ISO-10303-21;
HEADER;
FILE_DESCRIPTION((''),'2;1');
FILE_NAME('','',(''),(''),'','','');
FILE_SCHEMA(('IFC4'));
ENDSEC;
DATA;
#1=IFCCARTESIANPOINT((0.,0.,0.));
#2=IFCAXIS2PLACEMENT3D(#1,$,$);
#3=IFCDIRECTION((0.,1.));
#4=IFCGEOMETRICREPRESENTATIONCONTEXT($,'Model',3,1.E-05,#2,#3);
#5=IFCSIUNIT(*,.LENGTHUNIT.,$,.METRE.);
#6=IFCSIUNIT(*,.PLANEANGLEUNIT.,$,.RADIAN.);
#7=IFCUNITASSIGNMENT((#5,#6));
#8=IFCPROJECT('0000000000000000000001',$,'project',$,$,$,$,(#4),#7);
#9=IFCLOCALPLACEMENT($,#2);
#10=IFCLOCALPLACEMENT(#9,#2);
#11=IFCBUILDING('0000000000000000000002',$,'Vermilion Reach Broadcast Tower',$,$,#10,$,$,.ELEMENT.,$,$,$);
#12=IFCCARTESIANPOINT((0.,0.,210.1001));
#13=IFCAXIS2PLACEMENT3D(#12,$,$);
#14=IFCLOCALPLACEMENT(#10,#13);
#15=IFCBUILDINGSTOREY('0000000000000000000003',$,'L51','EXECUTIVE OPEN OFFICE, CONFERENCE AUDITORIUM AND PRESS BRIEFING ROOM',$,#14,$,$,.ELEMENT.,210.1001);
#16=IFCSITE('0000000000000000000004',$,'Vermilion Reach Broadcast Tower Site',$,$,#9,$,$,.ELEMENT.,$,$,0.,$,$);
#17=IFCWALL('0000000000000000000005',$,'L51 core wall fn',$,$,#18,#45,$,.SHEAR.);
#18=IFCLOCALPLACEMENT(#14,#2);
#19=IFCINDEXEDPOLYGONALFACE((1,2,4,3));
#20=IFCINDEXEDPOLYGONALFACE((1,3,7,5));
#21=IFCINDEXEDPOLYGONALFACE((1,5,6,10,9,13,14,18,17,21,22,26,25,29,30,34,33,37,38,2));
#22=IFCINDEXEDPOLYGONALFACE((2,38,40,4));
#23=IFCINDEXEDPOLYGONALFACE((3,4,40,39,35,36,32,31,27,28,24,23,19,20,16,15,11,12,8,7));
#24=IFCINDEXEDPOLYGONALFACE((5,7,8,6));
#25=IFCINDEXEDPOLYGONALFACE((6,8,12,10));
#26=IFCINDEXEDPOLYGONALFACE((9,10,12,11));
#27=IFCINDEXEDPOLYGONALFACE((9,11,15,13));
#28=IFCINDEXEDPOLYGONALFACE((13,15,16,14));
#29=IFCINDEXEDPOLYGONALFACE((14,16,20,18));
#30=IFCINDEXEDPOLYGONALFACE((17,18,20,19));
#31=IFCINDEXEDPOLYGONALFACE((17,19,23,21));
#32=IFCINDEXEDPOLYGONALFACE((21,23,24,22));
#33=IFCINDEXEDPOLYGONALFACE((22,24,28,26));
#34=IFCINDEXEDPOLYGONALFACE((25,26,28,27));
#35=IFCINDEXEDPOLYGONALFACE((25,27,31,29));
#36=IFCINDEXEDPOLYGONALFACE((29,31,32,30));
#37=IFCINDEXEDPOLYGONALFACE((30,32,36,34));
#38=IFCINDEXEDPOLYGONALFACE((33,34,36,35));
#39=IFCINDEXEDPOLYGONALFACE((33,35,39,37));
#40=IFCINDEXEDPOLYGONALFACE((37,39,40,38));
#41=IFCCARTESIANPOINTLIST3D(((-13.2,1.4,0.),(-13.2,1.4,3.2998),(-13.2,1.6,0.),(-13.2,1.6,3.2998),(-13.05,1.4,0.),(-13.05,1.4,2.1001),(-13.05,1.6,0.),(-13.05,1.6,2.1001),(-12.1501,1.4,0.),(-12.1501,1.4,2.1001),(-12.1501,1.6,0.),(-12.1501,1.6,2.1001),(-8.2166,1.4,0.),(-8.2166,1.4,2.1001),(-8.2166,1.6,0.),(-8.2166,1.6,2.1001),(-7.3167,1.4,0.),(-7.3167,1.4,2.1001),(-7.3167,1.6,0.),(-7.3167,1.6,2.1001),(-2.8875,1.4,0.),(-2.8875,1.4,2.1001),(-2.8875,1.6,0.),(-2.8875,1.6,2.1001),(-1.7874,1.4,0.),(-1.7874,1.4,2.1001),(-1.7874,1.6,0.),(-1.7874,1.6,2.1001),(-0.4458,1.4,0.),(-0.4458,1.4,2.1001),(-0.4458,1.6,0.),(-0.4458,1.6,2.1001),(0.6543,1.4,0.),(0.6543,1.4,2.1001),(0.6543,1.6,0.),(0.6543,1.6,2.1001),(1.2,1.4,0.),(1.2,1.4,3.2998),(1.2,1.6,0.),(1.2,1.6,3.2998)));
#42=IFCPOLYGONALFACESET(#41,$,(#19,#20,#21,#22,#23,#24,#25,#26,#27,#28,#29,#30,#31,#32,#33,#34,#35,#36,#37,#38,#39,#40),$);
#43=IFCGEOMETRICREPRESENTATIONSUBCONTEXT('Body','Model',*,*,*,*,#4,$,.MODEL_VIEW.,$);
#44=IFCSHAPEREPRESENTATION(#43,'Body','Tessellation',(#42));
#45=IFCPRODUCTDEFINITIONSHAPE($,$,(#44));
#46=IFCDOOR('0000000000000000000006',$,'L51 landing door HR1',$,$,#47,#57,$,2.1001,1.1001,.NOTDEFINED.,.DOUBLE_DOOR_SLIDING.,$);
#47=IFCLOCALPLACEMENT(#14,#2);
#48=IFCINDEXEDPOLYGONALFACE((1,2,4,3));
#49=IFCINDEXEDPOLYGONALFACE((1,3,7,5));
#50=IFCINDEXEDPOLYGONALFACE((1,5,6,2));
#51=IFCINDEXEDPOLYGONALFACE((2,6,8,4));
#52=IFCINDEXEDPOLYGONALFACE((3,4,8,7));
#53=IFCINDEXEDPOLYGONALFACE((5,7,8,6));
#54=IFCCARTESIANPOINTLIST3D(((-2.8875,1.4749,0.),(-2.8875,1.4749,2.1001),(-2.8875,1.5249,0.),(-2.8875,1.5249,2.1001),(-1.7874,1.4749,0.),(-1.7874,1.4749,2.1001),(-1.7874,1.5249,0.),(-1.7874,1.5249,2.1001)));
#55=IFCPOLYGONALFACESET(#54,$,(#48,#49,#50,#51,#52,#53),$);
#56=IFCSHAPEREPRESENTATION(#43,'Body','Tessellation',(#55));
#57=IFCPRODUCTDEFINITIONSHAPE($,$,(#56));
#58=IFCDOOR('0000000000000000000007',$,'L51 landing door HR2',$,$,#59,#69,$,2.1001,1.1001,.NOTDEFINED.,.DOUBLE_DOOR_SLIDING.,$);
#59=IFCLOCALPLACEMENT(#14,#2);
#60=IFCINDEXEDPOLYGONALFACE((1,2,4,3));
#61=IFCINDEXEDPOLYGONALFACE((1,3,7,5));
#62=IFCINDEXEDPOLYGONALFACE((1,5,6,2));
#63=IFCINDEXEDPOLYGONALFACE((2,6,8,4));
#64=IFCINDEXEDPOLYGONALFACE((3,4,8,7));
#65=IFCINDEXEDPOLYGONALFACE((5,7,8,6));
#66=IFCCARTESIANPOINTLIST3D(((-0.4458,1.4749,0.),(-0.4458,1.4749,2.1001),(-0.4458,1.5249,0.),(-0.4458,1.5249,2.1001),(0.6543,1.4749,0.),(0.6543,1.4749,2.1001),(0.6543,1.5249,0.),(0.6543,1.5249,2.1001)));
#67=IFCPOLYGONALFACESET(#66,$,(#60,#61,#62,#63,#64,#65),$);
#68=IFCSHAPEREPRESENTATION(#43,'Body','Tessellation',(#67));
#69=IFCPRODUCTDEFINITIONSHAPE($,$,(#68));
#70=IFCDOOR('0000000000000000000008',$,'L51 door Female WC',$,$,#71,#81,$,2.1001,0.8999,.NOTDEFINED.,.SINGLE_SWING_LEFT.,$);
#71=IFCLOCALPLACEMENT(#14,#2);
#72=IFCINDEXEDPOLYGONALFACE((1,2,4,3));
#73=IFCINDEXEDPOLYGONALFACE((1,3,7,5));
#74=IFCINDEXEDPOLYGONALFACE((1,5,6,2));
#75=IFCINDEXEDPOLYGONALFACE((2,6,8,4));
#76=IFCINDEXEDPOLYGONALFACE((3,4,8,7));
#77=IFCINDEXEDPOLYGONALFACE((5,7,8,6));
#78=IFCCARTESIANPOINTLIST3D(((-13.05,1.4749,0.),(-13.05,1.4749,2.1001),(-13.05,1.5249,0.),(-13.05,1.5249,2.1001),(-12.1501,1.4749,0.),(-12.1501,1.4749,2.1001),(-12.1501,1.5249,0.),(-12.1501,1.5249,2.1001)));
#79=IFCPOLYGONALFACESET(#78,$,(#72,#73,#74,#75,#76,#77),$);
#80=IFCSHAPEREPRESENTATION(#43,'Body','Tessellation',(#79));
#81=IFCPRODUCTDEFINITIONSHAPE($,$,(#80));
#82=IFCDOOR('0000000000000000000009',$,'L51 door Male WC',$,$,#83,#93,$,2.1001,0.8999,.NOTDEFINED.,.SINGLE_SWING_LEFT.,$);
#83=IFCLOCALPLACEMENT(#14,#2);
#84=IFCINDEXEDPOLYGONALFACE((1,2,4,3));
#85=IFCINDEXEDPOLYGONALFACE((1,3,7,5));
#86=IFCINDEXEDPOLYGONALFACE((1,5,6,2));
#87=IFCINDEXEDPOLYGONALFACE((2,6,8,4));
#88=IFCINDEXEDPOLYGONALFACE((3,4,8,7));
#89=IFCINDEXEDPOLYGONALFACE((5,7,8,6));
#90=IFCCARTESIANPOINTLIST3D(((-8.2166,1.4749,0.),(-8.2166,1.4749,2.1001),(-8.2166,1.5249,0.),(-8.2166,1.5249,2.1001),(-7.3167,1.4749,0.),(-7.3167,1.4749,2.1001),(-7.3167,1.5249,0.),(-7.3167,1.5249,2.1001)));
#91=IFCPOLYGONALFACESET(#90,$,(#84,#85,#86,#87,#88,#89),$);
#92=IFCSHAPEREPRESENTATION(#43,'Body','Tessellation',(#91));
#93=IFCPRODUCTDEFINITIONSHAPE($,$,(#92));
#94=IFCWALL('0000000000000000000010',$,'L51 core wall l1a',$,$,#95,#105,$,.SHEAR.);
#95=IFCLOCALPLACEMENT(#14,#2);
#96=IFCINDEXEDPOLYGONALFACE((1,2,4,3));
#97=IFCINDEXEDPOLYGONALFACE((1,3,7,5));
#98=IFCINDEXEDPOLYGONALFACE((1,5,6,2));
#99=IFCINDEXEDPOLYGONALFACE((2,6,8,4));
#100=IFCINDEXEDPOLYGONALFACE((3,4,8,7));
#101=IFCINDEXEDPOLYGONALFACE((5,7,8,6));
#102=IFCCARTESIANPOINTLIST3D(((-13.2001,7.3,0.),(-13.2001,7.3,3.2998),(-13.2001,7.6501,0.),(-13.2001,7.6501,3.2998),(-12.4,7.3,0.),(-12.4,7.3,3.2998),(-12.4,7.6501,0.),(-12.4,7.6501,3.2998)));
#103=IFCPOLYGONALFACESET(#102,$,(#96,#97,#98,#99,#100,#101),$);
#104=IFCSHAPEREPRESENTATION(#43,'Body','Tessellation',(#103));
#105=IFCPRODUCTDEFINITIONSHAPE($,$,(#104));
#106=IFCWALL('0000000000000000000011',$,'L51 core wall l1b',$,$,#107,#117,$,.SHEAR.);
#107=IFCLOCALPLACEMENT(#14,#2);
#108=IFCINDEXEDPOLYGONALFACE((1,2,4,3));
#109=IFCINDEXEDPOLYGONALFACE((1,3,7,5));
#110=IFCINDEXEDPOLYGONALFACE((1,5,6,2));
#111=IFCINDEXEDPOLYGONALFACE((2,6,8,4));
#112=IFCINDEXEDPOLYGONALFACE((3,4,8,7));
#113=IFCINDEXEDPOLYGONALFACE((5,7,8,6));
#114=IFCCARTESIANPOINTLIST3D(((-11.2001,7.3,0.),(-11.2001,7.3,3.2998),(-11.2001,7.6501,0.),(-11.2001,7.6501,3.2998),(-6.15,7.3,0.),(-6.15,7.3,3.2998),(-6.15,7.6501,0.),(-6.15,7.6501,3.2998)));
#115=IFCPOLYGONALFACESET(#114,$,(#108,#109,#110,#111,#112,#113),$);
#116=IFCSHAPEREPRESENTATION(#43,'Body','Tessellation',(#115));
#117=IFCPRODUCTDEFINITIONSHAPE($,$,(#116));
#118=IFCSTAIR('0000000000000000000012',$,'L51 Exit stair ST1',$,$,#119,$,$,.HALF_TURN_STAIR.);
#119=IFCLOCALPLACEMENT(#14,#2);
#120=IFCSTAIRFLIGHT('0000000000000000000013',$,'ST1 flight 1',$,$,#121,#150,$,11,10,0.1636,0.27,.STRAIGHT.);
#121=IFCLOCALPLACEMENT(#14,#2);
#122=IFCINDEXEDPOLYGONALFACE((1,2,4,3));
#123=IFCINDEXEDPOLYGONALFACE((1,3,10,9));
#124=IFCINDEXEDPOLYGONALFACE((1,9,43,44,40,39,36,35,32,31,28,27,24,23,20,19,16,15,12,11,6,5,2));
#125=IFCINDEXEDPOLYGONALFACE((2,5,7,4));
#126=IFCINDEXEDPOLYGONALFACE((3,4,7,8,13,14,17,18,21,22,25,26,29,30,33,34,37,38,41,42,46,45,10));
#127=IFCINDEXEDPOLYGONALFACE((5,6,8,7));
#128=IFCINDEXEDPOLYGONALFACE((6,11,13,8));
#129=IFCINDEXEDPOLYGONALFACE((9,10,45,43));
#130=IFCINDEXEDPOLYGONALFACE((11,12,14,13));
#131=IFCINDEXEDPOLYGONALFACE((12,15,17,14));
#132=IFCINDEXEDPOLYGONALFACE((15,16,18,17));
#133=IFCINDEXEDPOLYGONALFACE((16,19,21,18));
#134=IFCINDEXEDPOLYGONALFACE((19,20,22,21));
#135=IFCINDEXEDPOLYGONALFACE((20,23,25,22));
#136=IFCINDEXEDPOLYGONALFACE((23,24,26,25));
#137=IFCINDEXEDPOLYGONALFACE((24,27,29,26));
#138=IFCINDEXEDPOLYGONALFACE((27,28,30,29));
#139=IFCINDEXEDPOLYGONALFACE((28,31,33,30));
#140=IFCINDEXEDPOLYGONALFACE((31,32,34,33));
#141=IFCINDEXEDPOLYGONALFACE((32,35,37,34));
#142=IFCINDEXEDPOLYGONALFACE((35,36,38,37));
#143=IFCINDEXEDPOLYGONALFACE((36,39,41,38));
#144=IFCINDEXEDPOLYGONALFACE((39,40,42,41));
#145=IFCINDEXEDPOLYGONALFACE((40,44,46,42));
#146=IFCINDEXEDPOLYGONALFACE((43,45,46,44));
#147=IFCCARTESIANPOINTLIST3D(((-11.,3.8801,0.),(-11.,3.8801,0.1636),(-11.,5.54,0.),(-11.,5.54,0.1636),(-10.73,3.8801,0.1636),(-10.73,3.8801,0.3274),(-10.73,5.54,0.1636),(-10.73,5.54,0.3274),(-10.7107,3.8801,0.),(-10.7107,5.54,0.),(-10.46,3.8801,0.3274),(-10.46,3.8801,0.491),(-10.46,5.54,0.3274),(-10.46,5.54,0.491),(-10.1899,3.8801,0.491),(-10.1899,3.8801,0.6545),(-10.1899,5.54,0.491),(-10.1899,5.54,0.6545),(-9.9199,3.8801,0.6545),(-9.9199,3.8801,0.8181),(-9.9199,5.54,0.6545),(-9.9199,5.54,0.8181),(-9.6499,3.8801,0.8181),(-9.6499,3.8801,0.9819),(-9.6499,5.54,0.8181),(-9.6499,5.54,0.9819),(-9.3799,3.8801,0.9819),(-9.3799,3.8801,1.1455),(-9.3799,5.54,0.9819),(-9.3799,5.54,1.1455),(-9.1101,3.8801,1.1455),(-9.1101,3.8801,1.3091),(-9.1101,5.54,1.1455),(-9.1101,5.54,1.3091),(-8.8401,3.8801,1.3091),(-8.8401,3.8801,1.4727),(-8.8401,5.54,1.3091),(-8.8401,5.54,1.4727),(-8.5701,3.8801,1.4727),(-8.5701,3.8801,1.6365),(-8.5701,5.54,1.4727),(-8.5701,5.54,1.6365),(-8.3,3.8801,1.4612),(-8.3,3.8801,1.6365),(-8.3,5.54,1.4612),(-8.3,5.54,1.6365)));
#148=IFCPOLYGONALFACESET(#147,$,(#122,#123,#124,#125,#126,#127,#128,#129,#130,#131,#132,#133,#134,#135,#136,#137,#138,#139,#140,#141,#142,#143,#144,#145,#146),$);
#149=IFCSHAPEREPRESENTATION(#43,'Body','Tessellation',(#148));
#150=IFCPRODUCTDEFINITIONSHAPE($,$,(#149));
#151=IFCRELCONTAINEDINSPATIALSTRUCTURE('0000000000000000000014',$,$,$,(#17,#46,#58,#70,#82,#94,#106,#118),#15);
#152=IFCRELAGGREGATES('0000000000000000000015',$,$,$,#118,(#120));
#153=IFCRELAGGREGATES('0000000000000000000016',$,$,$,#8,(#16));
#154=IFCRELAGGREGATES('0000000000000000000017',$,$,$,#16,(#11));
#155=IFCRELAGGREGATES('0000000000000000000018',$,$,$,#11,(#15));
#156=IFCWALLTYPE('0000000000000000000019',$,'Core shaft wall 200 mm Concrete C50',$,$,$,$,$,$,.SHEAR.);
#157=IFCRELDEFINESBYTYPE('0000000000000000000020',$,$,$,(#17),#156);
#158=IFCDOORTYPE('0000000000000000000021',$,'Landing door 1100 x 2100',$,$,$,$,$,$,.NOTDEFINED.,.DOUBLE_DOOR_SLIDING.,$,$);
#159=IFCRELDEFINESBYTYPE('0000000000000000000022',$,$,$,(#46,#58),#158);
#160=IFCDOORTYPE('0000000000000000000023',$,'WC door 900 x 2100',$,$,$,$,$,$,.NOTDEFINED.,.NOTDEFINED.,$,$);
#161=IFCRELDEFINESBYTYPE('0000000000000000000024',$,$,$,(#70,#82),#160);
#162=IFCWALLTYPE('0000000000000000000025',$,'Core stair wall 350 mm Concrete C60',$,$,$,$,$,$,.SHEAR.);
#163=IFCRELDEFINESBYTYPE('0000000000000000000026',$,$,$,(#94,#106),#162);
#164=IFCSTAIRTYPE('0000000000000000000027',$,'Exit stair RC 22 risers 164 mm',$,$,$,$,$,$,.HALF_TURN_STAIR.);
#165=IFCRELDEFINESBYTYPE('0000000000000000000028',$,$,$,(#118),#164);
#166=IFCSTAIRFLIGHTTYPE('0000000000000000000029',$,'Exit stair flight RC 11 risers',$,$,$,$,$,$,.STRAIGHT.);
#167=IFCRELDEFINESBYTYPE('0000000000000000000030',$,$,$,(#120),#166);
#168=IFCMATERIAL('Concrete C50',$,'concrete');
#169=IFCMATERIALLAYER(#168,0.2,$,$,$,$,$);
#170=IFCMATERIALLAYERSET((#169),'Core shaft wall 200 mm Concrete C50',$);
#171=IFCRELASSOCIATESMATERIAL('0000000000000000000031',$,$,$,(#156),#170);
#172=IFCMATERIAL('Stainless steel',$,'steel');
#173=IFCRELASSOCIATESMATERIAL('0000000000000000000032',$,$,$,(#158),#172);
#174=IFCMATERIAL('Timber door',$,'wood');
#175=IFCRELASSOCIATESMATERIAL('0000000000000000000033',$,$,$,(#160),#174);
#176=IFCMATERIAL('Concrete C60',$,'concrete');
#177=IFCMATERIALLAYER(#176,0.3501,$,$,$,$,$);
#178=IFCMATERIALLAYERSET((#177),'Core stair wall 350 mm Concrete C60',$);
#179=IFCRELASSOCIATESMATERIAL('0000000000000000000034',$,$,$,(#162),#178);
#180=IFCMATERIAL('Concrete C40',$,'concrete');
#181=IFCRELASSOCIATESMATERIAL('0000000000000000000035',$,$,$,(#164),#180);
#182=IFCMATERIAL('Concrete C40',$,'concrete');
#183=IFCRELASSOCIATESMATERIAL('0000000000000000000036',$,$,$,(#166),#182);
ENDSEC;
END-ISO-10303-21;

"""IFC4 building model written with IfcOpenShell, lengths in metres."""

from ifc_helpers import new_model, si_unit, direction, frame, frame_2d, origin, place, context, subcontext, project, spatial, polyline, rectangle, outline, extrude, material, layer, layer_set, type_object, element, fill, aggregate, save


model = new_model("IFC4")

# Units and contexts
model_context = context("Model", 3, precision=1e-05, world=origin(), true_north=direction((0.0, 1.0)))
body_context = subcontext(model_context, "Body", "Model", "MODEL_VIEW")
ifc_project = project(units=[si_unit("LENGTHUNIT", "METRE"), si_unit("PLANEANGLEUNIT", "RADIAN")], contexts=[model_context])

# Site, building, storey
site_placement = place(None, origin())
site = spatial("IfcSite", under=ifc_project, at=site_placement, Name="Vermilion Reach Broadcast Tower Site", CompositionType="ELEMENT", RefElevation=0.0)
building_placement = place(site_placement, origin())
building = spatial("IfcBuilding", under=site, at=building_placement, Name="Vermilion Reach Broadcast Tower", CompositionType="ELEMENT")
storey_placement = place(building_placement, frame((0.0, 0.0, 210.1001)))
storey = spatial("IfcBuildingStorey", under=building, at=storey_placement, Name="L51", Description="EXECUTIVE OPEN OFFICE, CONFERENCE AUDITORIUM AND PRESS BRIEFING ROOM", CompositionType="ELEMENT", Elevation=210.1001)

# Wall, openings, doors
ifc_material_1 = material(Name="Concrete C50", Category="concrete")
ifc_layer_1 = layer(ifc_material_1, 0.2)
ifc_layer_set_1 = layer_set([ifc_layer_1], Name="Core shaft wall 200 mm Concrete C50")
wall_type_1 = type_object("IfcWallType", Name="Core shaft wall 200 mm Concrete C50", PredefinedType="SHEAR", material=ifc_layer_set_1)
wall_1_placement = place(storey_placement, frame((-13.2, 1.5, 0.0), z_axis=(0.0, 0.0, 1.0), x_axis=(1.0, 0.0, 0.0)))
wall_1 = element("IfcWall", 1, at=wall_1_placement, inside=storey, type_object=wall_type_1, Name="L51 core wall fn", PredefinedType="SHEAR", context=body_context, shape_type="SweptSolid", body=[
    extrude(rectangle(XDim=14.3999, YDim=0.2, at=frame_2d((7.2, 0.0))), origin(), (0.0, 0.0, 1.0), 3.2998),
])
opening_1_placement = place(wall_1_placement, frame((10.3125, 0.0, 0.0)))
opening_1 = element("IfcOpeningElement", 2, at=opening_1_placement, cuts=wall_1, PredefinedType="OPENING", context=body_context, shape_type="SweptSolid", body=[
    extrude(rectangle(XDim=1.1001, YDim=2.1001, at=frame_2d((0.55, 1.05))), frame((0.0, 0.1099, 0.0), z_axis=(0.0, -1.0, 0.0), x_axis=(1.0, 0.0, 0.0)), (0.0, 0.0, 1.0), 0.22),
])
opening_2_placement = place(wall_1_placement, frame((12.7542, 0.0, 0.0)))
opening_2 = element("IfcOpeningElement", 3, at=opening_2_placement, cuts=wall_1, PredefinedType="OPENING", context=body_context, shape_type="SweptSolid", body=[
    extrude(rectangle(XDim=1.1001, YDim=2.1001, at=frame_2d((0.55, 1.05))), frame((0.0, 0.1099, 0.0), z_axis=(0.0, -1.0, 0.0), x_axis=(1.0, 0.0, 0.0)), (0.0, 0.0, 1.0), 0.22),
])
opening_3_placement = place(wall_1_placement, frame((0.1499, 0.0, 0.0)))
opening_3 = element("IfcOpeningElement", 4, at=opening_3_placement, cuts=wall_1, PredefinedType="OPENING", context=body_context, shape_type="SweptSolid", body=[
    extrude(rectangle(XDim=0.8999, YDim=2.1001, at=frame_2d((0.45, 1.05))), frame((0.0, 0.1099, 0.0), z_axis=(0.0, -1.0, 0.0), x_axis=(1.0, 0.0, 0.0)), (0.0, 0.0, 1.0), 0.22),
])
opening_4_placement = place(wall_1_placement, frame((4.9834, 0.0, 0.0)))
opening_4 = element("IfcOpeningElement", 5, at=opening_4_placement, cuts=wall_1, PredefinedType="OPENING", context=body_context, shape_type="SweptSolid", body=[
    extrude(rectangle(XDim=0.8999, YDim=2.1001, at=frame_2d((0.45, 1.05))), frame((0.0, 0.1099, 0.0), z_axis=(0.0, -1.0, 0.0), x_axis=(1.0, 0.0, 0.0)), (0.0, 0.0, 1.0), 0.22),
])
ifc_material_2 = material(Name="Stainless steel", Category="steel")
door_type_1 = type_object("IfcDoorType", Name="Landing door 1100 x 2100", OperationType="DOUBLE_DOOR_SLIDING", PredefinedType="NOTDEFINED", material=ifc_material_2)
door_1_placement = place(opening_1_placement, origin())
door_1 = element("IfcDoor", 6, at=door_1_placement, inside=storey, type_object=door_type_1, Name="L51 landing door HR1", OperationType="DOUBLE_DOOR_SLIDING", OverallHeight=2.1001, OverallWidth=1.1001, PredefinedType="NOTDEFINED", context=body_context, shape_type="SweptSolid", body=[
    extrude(rectangle(XDim=1.1001, YDim=2.1001, at=frame_2d((0.55, 1.05))), frame((0.0, 0.0249, 0.0), z_axis=(0.0, -1.0, 0.0), x_axis=(1.0, 0.0, 0.0)), (0.0, 0.0, 1.0), 0.05),
])
fill(opening_1, door_1)
door_2_placement = place(opening_2_placement, origin())
door_2 = element("IfcDoor", 7, at=door_2_placement, inside=storey, type_object=door_type_1, Name="L51 landing door HR2", OperationType="DOUBLE_DOOR_SLIDING", OverallHeight=2.1001, OverallWidth=1.1001, PredefinedType="NOTDEFINED", context=body_context, shape_type="SweptSolid", body=[
    extrude(rectangle(XDim=1.1001, YDim=2.1001, at=frame_2d((0.55, 1.05))), frame((0.0, 0.0249, 0.0), z_axis=(0.0, -1.0, 0.0), x_axis=(1.0, 0.0, 0.0)), (0.0, 0.0, 1.0), 0.05),
])
fill(opening_2, door_2)
ifc_material_3 = material(Name="Timber door", Category="wood")
door_type_2 = type_object("IfcDoorType", Name="WC door 900 x 2100", OperationType="NOTDEFINED", PredefinedType="NOTDEFINED", material=ifc_material_3)
door_3_placement = place(opening_3_placement, origin())
door_3 = element("IfcDoor", 8, at=door_3_placement, inside=storey, type_object=door_type_2, Name="L51 door Female WC", OperationType="SINGLE_SWING_LEFT", OverallHeight=2.1001, OverallWidth=0.8999, PredefinedType="NOTDEFINED", context=body_context, shape_type="SweptSolid", body=[
    extrude(rectangle(XDim=0.8999, YDim=2.1001, at=frame_2d((0.45, 1.05))), frame((0.0, 0.0249, 0.0), z_axis=(0.0, -1.0, 0.0), x_axis=(1.0, 0.0, 0.0)), (0.0, 0.0, 1.0), 0.05),
])
fill(opening_3, door_3)
door_4_placement = place(opening_4_placement, origin())
door_4 = element("IfcDoor", 9, at=door_4_placement, inside=storey, type_object=door_type_2, Name="L51 door Male WC", OperationType="SINGLE_SWING_LEFT", OverallHeight=2.1001, OverallWidth=0.8999, PredefinedType="NOTDEFINED", context=body_context, shape_type="SweptSolid", body=[
    extrude(rectangle(XDim=0.8999, YDim=2.1001, at=frame_2d((0.45, 1.05))), frame((0.0, 0.0249, 0.0), z_axis=(0.0, -1.0, 0.0), x_axis=(1.0, 0.0, 0.0)), (0.0, 0.0, 1.0), 0.05),
])
fill(opening_4, door_4)

# Walls
ifc_material_4 = material(Name="Concrete C60", Category="concrete")
ifc_layer_2 = layer(ifc_material_4, 0.3501)
ifc_layer_set_2 = layer_set([ifc_layer_2], Name="Core stair wall 350 mm Concrete C60")
wall_type_2 = type_object("IfcWallType", Name="Core stair wall 350 mm Concrete C60", PredefinedType="SHEAR", material=ifc_layer_set_2)
wall_2_placement = place(storey_placement, frame((-13.2, 7.4751, 0.0), z_axis=(0.0, 0.0, 1.0), x_axis=(1.0, 0.0, 0.0)))
element("IfcWall", 10, at=wall_2_placement, inside=storey, type_object=wall_type_2, Name="L51 core wall l1a", PredefinedType="SHEAR", context=body_context, shape_type="SweptSolid", body=[
    extrude(rectangle(XDim=0.8, YDim=0.3501, at=frame_2d((0.3999, 0.0))), origin(), (0.0, 0.0, 1.0), 3.2998),
])
wall_3_placement = place(storey_placement, frame((-11.2, 7.4751, 0.0), z_axis=(0.0, 0.0, 1.0), x_axis=(1.0, 0.0, 0.0)))
element("IfcWall", 11, at=wall_3_placement, inside=storey, type_object=wall_type_2, Name="L51 core wall l1b", PredefinedType="SHEAR", context=body_context, shape_type="SweptSolid", body=[
    extrude(rectangle(XDim=5.05, YDim=0.3501, at=frame_2d((2.5249, 0.0))), origin(), (0.0, 0.0, 1.0), 3.2998),
])

# Stair, stair flight
ifc_material_5 = material(Name="Concrete C40", Category="concrete")
stair_type = type_object("IfcStairType", Name="Exit stair RC 22 risers 164 mm", PredefinedType="HALF_TURN_STAIR", material=ifc_material_5)
stair_placement = place(storey_placement, origin())
stair = element("IfcStair", 12, at=stair_placement, inside=storey, type_object=stair_type, Name="L51 Exit stair ST1", PredefinedType="HALF_TURN_STAIR")
ifc_material_6 = material(Name="Concrete C40", Category="concrete")
stair_flight_type = type_object("IfcStairFlightType", Name="Exit stair flight RC 11 risers", PredefinedType="STRAIGHT", material=ifc_material_6)
stair_flight_1_placement = place(storey_placement, frame((-11.0, 4.71, 0.0), z_axis=(0.0, 0.0, 1.0), x_axis=(1.0, 0.0, 0.0)))
stair_flight_1 = element("IfcStairFlight", 13, at=stair_flight_1_placement, type_object=stair_flight_type, Name="ST1 flight 1", NumberOfRisers=11, NumberOfTreads=10, PredefinedType="STRAIGHT", RiserHeight=0.1636, TreadLength=0.27, context=body_context, shape_type="SweptSolid", body=[
    extrude(outline(polyline([(0.0, 0.0), (0.0, 0.1636), (0.27, 0.1636), (0.27, 0.3274), (0.54, 0.3274), (0.54, 0.491), (0.8101, 0.491), (0.8101, 0.6545), (1.0801, 0.6545), (1.0801, 0.8181), (1.3501, 0.8181), (1.3501, 0.9819), (1.6201, 0.9819), (1.6201, 1.1455), (1.8899, 1.1455), (1.8899, 1.3091), (2.1599, 1.3091), (2.1599, 1.4727), (2.4299, 1.4727), (2.4299, 1.6365), (2.7, 1.6365), (2.7, 1.8), (2.7, 1.4612), (0.2893, 0.0), (0.0, 0.0)])), frame((0.0, 0.8301, 0.0), z_axis=(0.0, -1.0, 0.0), x_axis=(1.0, 0.0, 0.0)), (0.0, 0.0, 1.0), 1.6599),
])
aggregate(stair, [stair_flight_1])

save(model, "model.ifc")
